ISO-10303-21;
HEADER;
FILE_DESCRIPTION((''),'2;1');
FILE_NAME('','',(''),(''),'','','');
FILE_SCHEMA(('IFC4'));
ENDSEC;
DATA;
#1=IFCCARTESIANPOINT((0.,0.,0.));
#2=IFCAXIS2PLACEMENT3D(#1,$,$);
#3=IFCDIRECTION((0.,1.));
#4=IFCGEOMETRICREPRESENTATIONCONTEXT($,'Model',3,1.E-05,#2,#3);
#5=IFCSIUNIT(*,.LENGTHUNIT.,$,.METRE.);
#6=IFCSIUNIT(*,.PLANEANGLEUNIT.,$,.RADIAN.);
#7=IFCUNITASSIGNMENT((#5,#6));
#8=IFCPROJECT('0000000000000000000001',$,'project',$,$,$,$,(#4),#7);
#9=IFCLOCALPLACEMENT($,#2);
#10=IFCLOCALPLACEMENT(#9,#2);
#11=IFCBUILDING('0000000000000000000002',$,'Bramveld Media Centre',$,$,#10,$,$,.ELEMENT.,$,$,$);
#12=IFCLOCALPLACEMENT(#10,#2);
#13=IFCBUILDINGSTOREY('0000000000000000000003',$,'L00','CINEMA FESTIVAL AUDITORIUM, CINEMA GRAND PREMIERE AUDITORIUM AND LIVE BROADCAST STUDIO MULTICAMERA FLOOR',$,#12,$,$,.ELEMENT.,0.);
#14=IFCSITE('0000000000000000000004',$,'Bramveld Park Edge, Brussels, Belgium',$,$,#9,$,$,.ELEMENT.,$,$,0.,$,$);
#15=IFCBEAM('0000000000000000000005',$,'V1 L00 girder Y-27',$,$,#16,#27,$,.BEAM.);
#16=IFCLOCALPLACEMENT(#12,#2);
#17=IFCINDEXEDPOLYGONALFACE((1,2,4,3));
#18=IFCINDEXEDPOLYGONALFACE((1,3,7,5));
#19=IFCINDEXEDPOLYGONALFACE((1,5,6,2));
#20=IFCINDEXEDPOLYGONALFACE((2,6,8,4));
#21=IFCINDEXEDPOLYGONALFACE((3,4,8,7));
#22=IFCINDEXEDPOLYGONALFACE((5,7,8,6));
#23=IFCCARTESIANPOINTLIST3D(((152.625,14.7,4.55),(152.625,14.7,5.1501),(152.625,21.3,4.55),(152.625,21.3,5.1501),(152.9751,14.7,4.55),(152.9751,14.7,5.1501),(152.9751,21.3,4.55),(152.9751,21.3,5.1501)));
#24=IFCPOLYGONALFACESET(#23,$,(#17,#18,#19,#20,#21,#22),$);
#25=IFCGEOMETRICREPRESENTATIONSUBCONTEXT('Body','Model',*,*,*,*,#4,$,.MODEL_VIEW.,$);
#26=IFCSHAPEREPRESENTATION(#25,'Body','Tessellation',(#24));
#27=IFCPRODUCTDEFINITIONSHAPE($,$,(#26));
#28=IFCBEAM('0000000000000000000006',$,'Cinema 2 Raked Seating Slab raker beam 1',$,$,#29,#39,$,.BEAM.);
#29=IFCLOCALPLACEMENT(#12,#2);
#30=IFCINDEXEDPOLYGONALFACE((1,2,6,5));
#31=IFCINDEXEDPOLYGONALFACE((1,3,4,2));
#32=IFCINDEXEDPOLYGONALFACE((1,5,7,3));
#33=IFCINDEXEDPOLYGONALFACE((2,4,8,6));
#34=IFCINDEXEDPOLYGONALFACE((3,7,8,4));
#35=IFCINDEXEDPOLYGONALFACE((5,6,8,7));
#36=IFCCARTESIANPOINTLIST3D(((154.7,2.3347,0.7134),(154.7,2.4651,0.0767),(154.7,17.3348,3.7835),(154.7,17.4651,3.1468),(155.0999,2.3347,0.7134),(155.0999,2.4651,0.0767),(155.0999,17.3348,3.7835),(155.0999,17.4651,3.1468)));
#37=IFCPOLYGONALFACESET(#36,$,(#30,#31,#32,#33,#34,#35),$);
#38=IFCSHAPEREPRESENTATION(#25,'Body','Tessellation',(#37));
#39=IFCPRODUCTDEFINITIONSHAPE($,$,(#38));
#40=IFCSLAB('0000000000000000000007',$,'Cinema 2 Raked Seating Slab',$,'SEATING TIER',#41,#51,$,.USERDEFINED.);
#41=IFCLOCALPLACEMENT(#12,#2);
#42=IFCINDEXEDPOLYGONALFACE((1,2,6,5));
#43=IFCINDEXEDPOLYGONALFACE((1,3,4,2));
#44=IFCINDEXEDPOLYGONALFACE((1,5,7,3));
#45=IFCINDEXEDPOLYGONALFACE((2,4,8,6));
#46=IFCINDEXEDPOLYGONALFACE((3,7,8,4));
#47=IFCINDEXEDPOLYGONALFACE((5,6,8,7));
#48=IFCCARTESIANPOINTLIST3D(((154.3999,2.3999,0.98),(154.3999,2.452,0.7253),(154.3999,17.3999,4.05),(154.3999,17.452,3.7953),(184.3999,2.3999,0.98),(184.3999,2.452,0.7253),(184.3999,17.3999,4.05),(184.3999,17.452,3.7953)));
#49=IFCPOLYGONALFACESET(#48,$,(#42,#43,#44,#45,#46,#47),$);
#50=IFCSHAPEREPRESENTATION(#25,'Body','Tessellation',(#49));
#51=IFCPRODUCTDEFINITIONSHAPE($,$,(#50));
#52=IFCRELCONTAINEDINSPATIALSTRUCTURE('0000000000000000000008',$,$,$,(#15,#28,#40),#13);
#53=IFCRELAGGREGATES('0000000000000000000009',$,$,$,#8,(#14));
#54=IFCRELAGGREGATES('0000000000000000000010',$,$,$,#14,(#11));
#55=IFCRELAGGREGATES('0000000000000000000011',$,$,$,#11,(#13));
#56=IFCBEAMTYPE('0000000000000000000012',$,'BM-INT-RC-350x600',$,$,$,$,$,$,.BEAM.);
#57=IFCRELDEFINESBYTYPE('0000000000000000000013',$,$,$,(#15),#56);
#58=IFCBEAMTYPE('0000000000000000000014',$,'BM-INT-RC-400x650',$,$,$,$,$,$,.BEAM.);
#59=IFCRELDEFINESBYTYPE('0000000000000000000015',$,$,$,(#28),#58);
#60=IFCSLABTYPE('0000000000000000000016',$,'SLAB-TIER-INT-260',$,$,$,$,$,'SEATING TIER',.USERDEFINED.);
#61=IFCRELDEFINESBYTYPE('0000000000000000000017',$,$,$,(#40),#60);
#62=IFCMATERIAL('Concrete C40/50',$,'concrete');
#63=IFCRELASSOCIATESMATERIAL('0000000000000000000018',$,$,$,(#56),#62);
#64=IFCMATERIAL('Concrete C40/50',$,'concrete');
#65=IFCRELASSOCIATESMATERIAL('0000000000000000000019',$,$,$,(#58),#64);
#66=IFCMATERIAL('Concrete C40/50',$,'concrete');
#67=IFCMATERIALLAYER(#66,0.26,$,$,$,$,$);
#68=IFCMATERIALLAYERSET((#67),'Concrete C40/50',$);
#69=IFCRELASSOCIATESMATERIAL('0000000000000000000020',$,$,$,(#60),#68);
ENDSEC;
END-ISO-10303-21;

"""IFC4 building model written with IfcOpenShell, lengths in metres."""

from ifc_helpers import new_model, si_unit, direction, frame, origin, origin_2d, place, context, subcontext, project, spatial, polyline, rectangle, outline, extrude, material, layer, layer_set, material_profile, profile_set, type_object, element, save


model = new_model("IFC4")

# Units and contexts
model_context = context("Model", 3, precision=1e-05, world=origin(), true_north=direction((0.0, 1.0)))
body_context = subcontext(model_context, "Body", "Model", "MODEL_VIEW")
ifc_project = project(units=[si_unit("LENGTHUNIT", "METRE"), si_unit("PLANEANGLEUNIT", "RADIAN")], contexts=[model_context])

# Site, building, storey
site_placement = place(None, origin())
site = spatial("IfcSite", under=ifc_project, at=site_placement, Name="Bramveld Park Edge, Brussels, Belgium", CompositionType="ELEMENT", RefElevation=0.0)
building_placement = place(site_placement, origin())
building = spatial("IfcBuilding", under=site, at=building_placement, Name="Bramveld Media Centre", CompositionType="ELEMENT")
storey_placement = place(building_placement, origin())
storey = spatial("IfcBuildingStorey", under=building, at=storey_placement, Name="L00", Description="CINEMA FESTIVAL AUDITORIUM, CINEMA GRAND PREMIERE AUDITORIUM AND LIVE BROADCAST STUDIO MULTICAMERA FLOOR", CompositionType="ELEMENT", Elevation=0.0)

# Beams
ifc_material_1 = material(Name="Concrete C40/50", Category="concrete")
ifc_material_profile_1 = material_profile(ifc_material_1, rectangle(XDim=0.3501, YDim=0.6001, at=origin_2d()), Name="RC 350x600")
ifc_profile_set_1 = profile_set([ifc_material_profile_1], Name="Concrete C40/50")
beam_type_1 = type_object("IfcBeamType", Name="BM-INT-RC-350x600", PredefinedType="BEAM", material=ifc_profile_set_1)
for number, where, z_axis, x_axis, name in (
    (1, (152.8, 14.7, 4.8501), (0.0, 1.0, 0.0), (-1.0, 0.0, 0.0), "V1 L00 girder Y-27"),
):
    element("IfcBeam", number, at=place(storey_placement, frame(where, z_axis=z_axis, x_axis=x_axis)), inside=storey, type_object=beam_type_1, Name=name, PredefinedType="BEAM", context=body_context, shape_type="SweptSolid", body=[
        extrude(rectangle(XDim=0.3501, YDim=0.6001, at=origin_2d()), origin(), (0.0, 0.0, 1.0), 6.6001),
    ])
ifc_material_2 = material(Name="Concrete C40/50", Category="concrete")
ifc_material_profile_2 = material_profile(ifc_material_2, rectangle(XDim=0.3999, YDim=0.6499, at=origin_2d()), Name="RC 400x650")
ifc_profile_set_2 = profile_set([ifc_material_profile_2], Name="Concrete C40/50")
beam_type_2 = type_object("IfcBeamType", Name="BM-INT-RC-400x650", PredefinedType="BEAM", material=ifc_profile_set_2)
beam_placement = place(storey_placement, frame((154.8999, 2.3999, 0.395), z_axis=(0.0, 0.979691, 0.200515), x_axis=(-1.0, 0.0, 0.0)))
element("IfcBeam", 2, at=beam_placement, inside=storey, type_object=beam_type_2, Name="Cinema 2 Raked Seating Slab raker beam 1", PredefinedType="BEAM", context=body_context, shape_type="SweptSolid", body=[
    extrude(rectangle(XDim=0.3999, YDim=0.6499, at=origin_2d()), origin(), (0.0, 0.0, 1.0), 15.311),
])

# Slab
ifc_material_3 = material(Name="Concrete C40/50", Category="concrete")
ifc_layer = layer(ifc_material_3, 0.26)
ifc_layer_set = layer_set([ifc_layer], Name="Concrete C40/50")
slab_type = type_object("IfcSlabType", Name="SLAB-TIER-INT-260", ElementType="SEATING TIER", PredefinedType="USERDEFINED", material=ifc_layer_set)
slab_placement = place(storey_placement, frame((154.3999, 2.3999, 0.98), z_axis=(0.0, -0.200515, 0.979691), x_axis=(1.0, 0.0, 0.0)))
element("IfcSlab", 3, at=slab_placement, inside=storey, type_object=slab_type, Name="Cinema 2 Raked Seating Slab", ObjectType="SEATING TIER", PredefinedType="USERDEFINED", context=body_context, shape_type="SweptSolid", body=[
    extrude(outline(polyline([(0.0, 0.0), (30.0, 0.0), (30.0, 15.311), (0.0, 15.311), (0.0, 0.0)])), origin(), (0.0, 0.0, -1.0), 0.26),
])

save(model, "model.ifc")
